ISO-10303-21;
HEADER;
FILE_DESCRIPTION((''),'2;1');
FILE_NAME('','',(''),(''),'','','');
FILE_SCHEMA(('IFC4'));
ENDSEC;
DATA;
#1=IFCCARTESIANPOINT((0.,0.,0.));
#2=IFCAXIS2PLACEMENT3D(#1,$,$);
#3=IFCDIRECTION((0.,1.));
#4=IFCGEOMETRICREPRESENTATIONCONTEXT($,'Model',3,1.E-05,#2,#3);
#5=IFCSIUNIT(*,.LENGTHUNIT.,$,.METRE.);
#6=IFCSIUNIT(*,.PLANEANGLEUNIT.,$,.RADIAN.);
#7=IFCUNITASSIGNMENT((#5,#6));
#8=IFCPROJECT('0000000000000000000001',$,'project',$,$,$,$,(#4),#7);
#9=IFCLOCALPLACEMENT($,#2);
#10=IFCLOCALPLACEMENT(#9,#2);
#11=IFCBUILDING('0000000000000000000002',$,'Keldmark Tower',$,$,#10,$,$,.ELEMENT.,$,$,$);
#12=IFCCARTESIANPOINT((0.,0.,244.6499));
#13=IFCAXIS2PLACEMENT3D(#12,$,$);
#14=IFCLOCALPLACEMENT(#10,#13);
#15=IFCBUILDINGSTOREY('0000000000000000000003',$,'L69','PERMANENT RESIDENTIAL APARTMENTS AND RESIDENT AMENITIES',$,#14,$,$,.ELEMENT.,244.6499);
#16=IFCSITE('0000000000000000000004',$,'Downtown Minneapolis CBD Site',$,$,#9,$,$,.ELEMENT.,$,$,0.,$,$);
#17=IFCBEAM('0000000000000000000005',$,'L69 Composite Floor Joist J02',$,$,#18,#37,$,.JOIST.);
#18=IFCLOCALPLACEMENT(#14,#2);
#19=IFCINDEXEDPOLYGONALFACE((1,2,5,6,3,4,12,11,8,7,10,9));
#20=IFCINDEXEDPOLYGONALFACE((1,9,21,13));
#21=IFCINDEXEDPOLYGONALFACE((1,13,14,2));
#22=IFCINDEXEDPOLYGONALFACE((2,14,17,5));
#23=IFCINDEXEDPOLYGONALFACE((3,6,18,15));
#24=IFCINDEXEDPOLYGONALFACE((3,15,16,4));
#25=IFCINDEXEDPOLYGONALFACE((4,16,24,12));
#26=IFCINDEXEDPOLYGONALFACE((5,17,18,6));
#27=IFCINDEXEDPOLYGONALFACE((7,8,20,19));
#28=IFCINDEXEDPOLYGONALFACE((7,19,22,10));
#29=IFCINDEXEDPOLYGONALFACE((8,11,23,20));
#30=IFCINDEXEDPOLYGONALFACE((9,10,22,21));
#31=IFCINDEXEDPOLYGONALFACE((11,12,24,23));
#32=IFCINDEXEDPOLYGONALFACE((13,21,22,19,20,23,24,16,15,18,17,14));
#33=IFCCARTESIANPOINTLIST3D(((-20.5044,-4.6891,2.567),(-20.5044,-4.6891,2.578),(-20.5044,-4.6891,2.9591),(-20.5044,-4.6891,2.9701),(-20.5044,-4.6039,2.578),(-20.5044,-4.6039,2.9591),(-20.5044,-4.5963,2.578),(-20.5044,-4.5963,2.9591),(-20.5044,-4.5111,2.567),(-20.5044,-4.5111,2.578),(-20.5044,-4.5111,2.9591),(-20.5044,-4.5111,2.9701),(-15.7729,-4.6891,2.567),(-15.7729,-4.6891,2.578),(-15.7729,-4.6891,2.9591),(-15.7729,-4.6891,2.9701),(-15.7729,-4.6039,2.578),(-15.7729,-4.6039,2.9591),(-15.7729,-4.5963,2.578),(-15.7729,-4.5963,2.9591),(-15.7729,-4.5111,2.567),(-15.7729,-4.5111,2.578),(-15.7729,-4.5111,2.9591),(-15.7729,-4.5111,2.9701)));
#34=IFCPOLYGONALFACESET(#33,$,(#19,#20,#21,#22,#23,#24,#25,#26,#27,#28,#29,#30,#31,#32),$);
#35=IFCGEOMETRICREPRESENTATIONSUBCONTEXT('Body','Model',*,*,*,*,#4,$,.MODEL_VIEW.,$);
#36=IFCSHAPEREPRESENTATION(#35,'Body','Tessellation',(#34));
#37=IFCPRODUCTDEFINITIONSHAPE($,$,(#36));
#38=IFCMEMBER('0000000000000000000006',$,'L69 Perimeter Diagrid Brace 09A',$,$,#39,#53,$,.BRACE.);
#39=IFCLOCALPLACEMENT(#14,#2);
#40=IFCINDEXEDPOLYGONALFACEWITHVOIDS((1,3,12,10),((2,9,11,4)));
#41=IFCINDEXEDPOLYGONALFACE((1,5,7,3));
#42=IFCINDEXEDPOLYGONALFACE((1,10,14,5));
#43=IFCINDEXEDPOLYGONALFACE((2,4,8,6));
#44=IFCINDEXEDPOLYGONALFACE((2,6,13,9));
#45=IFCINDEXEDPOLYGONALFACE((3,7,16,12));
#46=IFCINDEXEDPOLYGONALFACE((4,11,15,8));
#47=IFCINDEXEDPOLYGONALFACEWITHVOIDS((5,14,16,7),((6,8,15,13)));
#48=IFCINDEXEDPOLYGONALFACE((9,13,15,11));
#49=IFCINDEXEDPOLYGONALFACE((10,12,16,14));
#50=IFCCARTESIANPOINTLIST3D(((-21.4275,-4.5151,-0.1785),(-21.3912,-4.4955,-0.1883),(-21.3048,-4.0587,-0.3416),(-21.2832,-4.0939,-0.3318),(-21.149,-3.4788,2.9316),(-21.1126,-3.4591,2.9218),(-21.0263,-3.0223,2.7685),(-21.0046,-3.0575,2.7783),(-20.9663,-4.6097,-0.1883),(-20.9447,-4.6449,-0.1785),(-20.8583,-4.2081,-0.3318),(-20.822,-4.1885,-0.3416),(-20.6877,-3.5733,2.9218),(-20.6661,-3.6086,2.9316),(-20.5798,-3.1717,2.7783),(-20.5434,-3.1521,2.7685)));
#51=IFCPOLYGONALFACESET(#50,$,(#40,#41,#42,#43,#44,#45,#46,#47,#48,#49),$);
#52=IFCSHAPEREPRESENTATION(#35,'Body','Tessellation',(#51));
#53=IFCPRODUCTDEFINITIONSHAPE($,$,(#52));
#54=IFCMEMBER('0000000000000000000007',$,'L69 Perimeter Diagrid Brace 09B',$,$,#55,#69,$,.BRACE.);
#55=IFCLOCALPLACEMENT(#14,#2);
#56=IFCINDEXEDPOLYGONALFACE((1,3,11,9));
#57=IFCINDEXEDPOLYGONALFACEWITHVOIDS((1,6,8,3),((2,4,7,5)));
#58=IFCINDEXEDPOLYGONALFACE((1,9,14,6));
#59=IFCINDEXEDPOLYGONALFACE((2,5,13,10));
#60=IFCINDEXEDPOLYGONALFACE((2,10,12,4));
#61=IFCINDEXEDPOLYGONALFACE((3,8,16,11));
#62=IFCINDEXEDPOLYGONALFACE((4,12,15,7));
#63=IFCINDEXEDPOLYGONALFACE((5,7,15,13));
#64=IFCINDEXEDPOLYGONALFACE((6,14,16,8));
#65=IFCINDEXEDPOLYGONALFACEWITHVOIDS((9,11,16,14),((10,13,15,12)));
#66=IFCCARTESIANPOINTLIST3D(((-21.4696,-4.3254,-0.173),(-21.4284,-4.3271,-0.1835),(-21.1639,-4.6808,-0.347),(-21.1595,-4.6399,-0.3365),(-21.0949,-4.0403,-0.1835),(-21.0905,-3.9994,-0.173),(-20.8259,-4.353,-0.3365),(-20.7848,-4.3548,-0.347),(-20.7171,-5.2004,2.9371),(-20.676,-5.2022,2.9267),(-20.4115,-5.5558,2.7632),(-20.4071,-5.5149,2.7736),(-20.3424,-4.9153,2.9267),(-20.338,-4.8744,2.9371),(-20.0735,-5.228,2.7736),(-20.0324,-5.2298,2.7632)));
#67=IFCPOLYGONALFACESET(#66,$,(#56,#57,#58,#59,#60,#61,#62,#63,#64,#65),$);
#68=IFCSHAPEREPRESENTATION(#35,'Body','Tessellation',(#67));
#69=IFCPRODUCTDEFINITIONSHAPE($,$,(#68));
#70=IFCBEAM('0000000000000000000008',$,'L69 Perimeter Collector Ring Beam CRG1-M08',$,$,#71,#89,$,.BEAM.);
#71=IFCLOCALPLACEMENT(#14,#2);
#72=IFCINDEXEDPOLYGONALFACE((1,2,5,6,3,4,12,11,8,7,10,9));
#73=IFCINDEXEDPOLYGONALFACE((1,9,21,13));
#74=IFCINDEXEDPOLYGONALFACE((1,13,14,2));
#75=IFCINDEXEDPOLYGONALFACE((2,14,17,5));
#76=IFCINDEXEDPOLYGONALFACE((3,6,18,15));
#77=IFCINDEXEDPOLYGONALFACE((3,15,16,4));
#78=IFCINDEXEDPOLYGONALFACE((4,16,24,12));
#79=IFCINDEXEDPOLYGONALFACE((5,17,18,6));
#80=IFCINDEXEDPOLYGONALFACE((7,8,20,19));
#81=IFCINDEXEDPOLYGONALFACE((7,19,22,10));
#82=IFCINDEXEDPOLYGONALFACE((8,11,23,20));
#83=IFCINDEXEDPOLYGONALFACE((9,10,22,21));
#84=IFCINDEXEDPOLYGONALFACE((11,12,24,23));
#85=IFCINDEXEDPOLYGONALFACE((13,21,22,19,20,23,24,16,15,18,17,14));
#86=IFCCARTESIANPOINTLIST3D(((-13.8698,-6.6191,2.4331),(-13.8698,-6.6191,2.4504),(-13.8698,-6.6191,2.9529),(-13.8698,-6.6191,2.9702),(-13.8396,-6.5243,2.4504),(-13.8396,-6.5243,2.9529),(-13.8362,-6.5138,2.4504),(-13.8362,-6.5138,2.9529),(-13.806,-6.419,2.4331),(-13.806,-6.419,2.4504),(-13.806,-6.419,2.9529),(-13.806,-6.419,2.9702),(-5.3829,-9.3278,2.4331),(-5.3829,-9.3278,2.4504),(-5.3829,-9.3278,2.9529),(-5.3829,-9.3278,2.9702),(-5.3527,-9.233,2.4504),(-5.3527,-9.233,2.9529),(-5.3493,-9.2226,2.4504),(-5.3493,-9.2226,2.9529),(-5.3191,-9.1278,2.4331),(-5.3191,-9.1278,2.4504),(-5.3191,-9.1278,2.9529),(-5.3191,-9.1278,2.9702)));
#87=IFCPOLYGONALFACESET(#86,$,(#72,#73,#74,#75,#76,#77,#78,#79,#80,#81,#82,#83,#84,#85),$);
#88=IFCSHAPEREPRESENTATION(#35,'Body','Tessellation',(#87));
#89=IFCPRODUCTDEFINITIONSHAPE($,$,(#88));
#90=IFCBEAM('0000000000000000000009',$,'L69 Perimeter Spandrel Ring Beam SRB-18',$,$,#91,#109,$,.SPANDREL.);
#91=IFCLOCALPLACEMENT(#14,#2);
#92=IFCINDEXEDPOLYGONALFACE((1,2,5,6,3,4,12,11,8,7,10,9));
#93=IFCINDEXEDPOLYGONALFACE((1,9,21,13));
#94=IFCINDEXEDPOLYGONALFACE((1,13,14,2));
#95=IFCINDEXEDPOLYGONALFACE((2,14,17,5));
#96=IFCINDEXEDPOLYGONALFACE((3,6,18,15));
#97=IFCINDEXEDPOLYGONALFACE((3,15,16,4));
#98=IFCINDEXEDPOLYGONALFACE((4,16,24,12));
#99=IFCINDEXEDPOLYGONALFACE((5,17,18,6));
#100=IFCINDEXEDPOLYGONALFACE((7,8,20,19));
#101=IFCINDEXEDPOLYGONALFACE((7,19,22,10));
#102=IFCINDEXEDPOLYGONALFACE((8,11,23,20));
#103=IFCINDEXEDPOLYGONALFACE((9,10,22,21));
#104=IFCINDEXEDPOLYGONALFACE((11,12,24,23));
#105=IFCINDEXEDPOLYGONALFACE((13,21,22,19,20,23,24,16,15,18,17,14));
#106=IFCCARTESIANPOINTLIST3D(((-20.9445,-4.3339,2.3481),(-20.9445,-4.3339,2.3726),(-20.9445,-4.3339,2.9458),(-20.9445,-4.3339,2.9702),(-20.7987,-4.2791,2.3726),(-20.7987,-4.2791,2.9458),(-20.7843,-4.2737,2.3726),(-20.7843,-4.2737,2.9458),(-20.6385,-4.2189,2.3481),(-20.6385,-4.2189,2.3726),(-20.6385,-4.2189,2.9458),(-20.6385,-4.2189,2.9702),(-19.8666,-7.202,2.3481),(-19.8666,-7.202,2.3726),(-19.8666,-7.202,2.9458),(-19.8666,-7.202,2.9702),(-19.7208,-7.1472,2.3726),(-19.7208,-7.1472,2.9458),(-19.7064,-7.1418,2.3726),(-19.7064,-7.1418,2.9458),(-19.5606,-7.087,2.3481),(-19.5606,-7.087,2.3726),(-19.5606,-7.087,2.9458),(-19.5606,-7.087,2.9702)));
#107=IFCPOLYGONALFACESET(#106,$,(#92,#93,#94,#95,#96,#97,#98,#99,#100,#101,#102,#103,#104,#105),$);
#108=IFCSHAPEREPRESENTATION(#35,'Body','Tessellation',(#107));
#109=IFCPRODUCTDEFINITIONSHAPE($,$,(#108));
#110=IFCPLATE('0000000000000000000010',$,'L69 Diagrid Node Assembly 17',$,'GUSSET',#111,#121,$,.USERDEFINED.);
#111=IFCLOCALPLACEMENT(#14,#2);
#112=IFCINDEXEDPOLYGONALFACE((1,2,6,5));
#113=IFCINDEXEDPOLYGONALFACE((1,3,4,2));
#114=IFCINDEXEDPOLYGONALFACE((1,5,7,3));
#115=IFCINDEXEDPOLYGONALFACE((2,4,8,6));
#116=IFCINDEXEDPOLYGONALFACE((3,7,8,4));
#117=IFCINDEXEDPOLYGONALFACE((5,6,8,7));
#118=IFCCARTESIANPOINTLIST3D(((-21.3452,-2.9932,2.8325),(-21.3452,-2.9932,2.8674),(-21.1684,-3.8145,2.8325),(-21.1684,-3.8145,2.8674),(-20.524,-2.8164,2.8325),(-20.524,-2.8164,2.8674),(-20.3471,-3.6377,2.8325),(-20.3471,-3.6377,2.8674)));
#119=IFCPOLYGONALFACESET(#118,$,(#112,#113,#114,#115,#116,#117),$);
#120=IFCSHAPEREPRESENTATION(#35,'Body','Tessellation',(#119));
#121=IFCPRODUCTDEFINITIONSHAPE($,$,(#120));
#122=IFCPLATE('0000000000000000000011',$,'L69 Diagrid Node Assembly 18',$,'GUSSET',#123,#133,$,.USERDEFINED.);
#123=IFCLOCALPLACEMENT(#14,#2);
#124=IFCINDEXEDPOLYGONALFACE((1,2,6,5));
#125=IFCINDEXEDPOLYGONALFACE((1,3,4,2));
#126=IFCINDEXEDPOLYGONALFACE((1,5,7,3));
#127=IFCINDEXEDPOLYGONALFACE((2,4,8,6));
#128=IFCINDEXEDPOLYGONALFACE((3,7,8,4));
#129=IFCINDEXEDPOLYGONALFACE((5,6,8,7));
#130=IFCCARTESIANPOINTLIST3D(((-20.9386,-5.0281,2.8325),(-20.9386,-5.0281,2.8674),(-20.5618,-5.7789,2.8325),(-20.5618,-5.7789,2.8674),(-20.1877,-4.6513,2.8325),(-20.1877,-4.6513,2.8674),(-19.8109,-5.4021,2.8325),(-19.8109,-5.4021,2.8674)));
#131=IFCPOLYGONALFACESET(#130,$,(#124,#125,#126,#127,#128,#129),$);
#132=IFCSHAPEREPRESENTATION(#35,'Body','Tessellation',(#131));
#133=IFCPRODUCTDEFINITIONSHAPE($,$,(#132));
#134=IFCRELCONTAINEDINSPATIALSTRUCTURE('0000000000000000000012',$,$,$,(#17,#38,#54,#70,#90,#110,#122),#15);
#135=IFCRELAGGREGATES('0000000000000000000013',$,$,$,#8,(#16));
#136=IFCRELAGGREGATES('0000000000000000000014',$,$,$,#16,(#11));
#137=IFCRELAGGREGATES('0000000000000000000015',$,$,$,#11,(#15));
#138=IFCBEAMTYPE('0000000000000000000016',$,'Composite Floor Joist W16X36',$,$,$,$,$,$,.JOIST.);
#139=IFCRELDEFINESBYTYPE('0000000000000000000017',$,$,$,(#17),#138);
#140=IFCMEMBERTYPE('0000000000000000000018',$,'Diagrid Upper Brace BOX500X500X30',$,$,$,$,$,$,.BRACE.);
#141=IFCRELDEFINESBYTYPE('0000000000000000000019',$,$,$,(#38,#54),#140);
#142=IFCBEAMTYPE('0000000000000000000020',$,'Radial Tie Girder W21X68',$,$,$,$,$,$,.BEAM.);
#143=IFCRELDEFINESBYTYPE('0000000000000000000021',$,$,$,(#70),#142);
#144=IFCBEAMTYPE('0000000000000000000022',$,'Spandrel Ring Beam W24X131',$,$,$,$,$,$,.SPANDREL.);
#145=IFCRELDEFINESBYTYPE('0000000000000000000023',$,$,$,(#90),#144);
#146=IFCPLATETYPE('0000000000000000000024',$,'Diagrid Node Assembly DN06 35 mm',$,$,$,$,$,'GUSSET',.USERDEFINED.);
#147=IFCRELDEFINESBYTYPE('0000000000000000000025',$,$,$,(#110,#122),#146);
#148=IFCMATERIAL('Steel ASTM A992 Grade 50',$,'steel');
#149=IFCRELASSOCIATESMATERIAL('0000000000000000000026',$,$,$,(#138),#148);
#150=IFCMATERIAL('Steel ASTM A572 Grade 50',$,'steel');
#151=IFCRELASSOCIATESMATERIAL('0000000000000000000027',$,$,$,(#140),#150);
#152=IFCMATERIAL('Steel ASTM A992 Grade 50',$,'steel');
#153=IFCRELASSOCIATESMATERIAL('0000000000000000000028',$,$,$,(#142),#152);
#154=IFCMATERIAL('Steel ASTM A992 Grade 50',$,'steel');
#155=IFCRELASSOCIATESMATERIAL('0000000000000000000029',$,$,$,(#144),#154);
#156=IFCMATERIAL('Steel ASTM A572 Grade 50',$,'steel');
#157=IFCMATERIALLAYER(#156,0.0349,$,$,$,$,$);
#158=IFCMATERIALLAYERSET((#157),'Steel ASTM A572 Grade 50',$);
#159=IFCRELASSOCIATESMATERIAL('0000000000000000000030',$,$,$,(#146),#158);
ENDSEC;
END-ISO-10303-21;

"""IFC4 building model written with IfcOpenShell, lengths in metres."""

from ifc_helpers import new_model, si_unit, direction, frame, origin, origin_2d, place, context, subcontext, project, spatial, rectangle, hollow_rectangle, i_section, extrude, material, layer, layer_set, material_profile, profile_set, type_object, element, save


model = new_model("IFC4")

# Units and contexts
model_context = context("Model", 3, precision=1e-05, world=origin(), true_north=direction((0.0, 1.0)))
body_context = subcontext(model_context, "Body", "Model", "MODEL_VIEW")
ifc_project = project(units=[si_unit("LENGTHUNIT", "METRE"), si_unit("PLANEANGLEUNIT", "RADIAN")], contexts=[model_context])

# Site, building, storey
site_placement = place(None, origin())
site = spatial("IfcSite", under=ifc_project, at=site_placement, Name="Downtown Minneapolis CBD Site", CompositionType="ELEMENT", RefElevation=0.0)
building_placement = place(site_placement, origin())
building = spatial("IfcBuilding", under=site, at=building_placement, Name="Keldmark Tower", CompositionType="ELEMENT")
storey_placement = place(building_placement, frame((0.0, 0.0, 244.6499)))
storey = spatial("IfcBuildingStorey", under=building, at=storey_placement, Name="L69", Description="PERMANENT RESIDENTIAL APARTMENTS AND RESIDENT AMENITIES", CompositionType="ELEMENT", Elevation=244.6499)

# Beam
ifc_material_1 = material(Name="Steel ASTM A992 Grade 50", Category="steel")
ifc_material_profile_1 = material_profile(ifc_material_1, i_section(OverallWidth=0.178, OverallDepth=0.4031, WebThickness=0.0076, FlangeThickness=0.011, at=origin_2d()), Name="W16X36")
ifc_profile_set_1 = profile_set([ifc_material_profile_1], Name="Steel ASTM A992 Grade 50")
beam_type_1 = type_object("IfcBeamType", Name="Composite Floor Joist W16X36", PredefinedType="JOIST", material=ifc_profile_set_1)
beam_1_placement = place(storey_placement, frame((-20.5044, -4.6001, 2.7686), z_axis=(1.0, 0.0, 0.0), x_axis=(0.0, 1.0, 0.0)))
element("IfcBeam", 1, at=beam_1_placement, inside=storey, type_object=beam_type_1, Name="L69 Composite Floor Joist J02", PredefinedType="JOIST", context=body_context, shape_type="SweptSolid", body=[
    extrude(i_section(OverallWidth=0.178, OverallDepth=0.4031, WebThickness=0.0076, FlangeThickness=0.011, at=origin_2d()), origin(), (0.0, 0.0, 1.0), 4.7314),
])

# Members
ifc_material_2 = material(Name="Steel ASTM A572 Grade 50", Category="steel")
ifc_material_profile_2 = material_profile(ifc_material_2, hollow_rectangle(XDim=0.5, YDim=0.5, WallThickness=0.03, at=origin_2d()), Name="BOX500X500X30")
ifc_profile_set_2 = profile_set([ifc_material_profile_2], Name="Steel ASTM A572 Grade 50")
member_type = type_object("IfcMemberType", Name="Diagrid Upper Brace BOX500X500X30", PredefinedType="BRACE", material=ifc_profile_set_2)
member_1_placement = place(storey_placement, frame((-21.1248, -4.3518, -0.26), z_axis=(0.084669, 0.315003, 0.945306), x_axis=(-0.965723, 0.259574, 0.0)))
element("IfcMember", 2, at=member_1_placement, inside=storey, type_object=member_type, Name="L69 Perimeter Diagrid Brace 09A", PredefinedType="BRACE", context=body_context, shape_type="SweptSolid", body=[
    extrude(hollow_rectangle(XDim=0.5, YDim=0.5, WallThickness=0.03, at=origin_2d()), origin(), (0.0, 0.0, 1.0), 3.29),
])
member_2_placement = place(storey_placement, frame((-21.1272, -4.3401, -0.26), z_axis=(0.226823, -0.263768, 0.937538), x_axis=(0.75821, 0.65201, 0.0)))
element("IfcMember", 3, at=member_2_placement, inside=storey, type_object=member_type, Name="L69 Perimeter Diagrid Brace 09B", PredefinedType="BRACE", context=body_context, shape_type="SweptSolid", body=[
    extrude(hollow_rectangle(XDim=0.5, YDim=0.5, WallThickness=0.03, at=origin_2d()), origin(), (0.0, 0.0, 1.0), 3.3174),
])

# Beams
ifc_material_3 = material(Name="Steel ASTM A992 Grade 50", Category="steel")
ifc_material_profile_3 = material_profile(ifc_material_3, i_section(OverallWidth=0.21, OverallDepth=0.5371, WebThickness=0.011, FlangeThickness=0.0173, at=origin_2d()), Name="W21X68")
ifc_profile_set_3 = profile_set([ifc_material_profile_3], Name="Steel ASTM A992 Grade 50")
beam_type_2 = type_object("IfcBeamType", Name="Radial Tie Girder W21X68", PredefinedType="BEAM", material=ifc_profile_set_3)
beam_2_placement = place(storey_placement, frame((-13.8379, -6.519, 2.7017), z_axis=(0.952653, -0.304059, 0.0), x_axis=(0.304059, 0.952653, 0.0)))
element("IfcBeam", 4, at=beam_2_placement, inside=storey, type_object=beam_type_2, Name="L69 Perimeter Collector Ring Beam CRG1-M08", PredefinedType="BEAM", context=body_context, shape_type="SweptSolid", body=[
    extrude(i_section(OverallWidth=0.21, OverallDepth=0.5371, WebThickness=0.011, FlangeThickness=0.0173, at=origin_2d()), origin(), (0.0, 0.0, 1.0), 8.9087),
])
ifc_material_4 = material(Name="Steel ASTM A992 Grade 50", Category="steel")
ifc_material_profile_4 = material_profile(ifc_material_4, i_section(OverallWidth=0.3269, OverallDepth=0.6221, WebThickness=0.0154, FlangeThickness=0.0244, at=origin_2d()), Name="W24X131")
ifc_profile_set_4 = profile_set([ifc_material_profile_4], Name="Steel ASTM A992 Grade 50")
beam_type_3 = type_object("IfcBeamType", Name="Spandrel Ring Beam W24X131", PredefinedType="SPANDREL", material=ifc_profile_set_4)
beam_3_placement = place(storey_placement, frame((-20.7915, -4.2764, 2.6592), z_axis=(0.351787, -0.93608, 0.0), x_axis=(0.93608, 0.351787, 0.0)))
element("IfcBeam", 5, at=beam_3_placement, inside=storey, type_object=beam_type_3, Name="L69 Perimeter Spandrel Ring Beam SRB-18", PredefinedType="SPANDREL", context=body_context, shape_type="SweptSolid", body=[
    extrude(i_section(OverallWidth=0.3269, OverallDepth=0.6221, WebThickness=0.0154, FlangeThickness=0.0244, at=origin_2d()), origin(), (0.0, 0.0, 1.0), 3.064),
])

# Plates
ifc_material_5 = material(Name="Steel ASTM A572 Grade 50", Category="steel")
ifc_layer_1 = layer(ifc_material_5, 0.0349)
ifc_layer_set_1 = layer_set([ifc_layer_1], Name="Steel ASTM A572 Grade 50")
plate_type = type_object("IfcPlateType", Name="Diagrid Node Assembly DN06 35 mm", ElementType="GUSSET", PredefinedType="USERDEFINED", material=ifc_layer_set_1)
for number, where, z_axis, x_axis, name in (
    (6, (-20.8462, -3.3154, 2.8325), (0.0, 0.0, 1.0), (0.210472, -0.9776, 0.0), "L69 Diagrid Node Assembly 17"),
    (7, (-20.3748, -5.2151, 2.8325), (0.0, 0.0, 1.0), (0.448539, -0.893763, 0.0), "L69 Diagrid Node Assembly 18"),
):
    element("IfcPlate", number, at=place(storey_placement, frame(where, z_axis=z_axis, x_axis=x_axis)), inside=storey, type_object=plate_type, Name=name, ObjectType="GUSSET", PredefinedType="USERDEFINED", context=body_context, shape_type="SweptSolid", body=[
        extrude(rectangle(XDim=0.8401, YDim=0.8401, at=origin_2d()), origin(), (0.0, 0.0, 1.0), 0.0349),
    ])

save(model, "model.ifc")
